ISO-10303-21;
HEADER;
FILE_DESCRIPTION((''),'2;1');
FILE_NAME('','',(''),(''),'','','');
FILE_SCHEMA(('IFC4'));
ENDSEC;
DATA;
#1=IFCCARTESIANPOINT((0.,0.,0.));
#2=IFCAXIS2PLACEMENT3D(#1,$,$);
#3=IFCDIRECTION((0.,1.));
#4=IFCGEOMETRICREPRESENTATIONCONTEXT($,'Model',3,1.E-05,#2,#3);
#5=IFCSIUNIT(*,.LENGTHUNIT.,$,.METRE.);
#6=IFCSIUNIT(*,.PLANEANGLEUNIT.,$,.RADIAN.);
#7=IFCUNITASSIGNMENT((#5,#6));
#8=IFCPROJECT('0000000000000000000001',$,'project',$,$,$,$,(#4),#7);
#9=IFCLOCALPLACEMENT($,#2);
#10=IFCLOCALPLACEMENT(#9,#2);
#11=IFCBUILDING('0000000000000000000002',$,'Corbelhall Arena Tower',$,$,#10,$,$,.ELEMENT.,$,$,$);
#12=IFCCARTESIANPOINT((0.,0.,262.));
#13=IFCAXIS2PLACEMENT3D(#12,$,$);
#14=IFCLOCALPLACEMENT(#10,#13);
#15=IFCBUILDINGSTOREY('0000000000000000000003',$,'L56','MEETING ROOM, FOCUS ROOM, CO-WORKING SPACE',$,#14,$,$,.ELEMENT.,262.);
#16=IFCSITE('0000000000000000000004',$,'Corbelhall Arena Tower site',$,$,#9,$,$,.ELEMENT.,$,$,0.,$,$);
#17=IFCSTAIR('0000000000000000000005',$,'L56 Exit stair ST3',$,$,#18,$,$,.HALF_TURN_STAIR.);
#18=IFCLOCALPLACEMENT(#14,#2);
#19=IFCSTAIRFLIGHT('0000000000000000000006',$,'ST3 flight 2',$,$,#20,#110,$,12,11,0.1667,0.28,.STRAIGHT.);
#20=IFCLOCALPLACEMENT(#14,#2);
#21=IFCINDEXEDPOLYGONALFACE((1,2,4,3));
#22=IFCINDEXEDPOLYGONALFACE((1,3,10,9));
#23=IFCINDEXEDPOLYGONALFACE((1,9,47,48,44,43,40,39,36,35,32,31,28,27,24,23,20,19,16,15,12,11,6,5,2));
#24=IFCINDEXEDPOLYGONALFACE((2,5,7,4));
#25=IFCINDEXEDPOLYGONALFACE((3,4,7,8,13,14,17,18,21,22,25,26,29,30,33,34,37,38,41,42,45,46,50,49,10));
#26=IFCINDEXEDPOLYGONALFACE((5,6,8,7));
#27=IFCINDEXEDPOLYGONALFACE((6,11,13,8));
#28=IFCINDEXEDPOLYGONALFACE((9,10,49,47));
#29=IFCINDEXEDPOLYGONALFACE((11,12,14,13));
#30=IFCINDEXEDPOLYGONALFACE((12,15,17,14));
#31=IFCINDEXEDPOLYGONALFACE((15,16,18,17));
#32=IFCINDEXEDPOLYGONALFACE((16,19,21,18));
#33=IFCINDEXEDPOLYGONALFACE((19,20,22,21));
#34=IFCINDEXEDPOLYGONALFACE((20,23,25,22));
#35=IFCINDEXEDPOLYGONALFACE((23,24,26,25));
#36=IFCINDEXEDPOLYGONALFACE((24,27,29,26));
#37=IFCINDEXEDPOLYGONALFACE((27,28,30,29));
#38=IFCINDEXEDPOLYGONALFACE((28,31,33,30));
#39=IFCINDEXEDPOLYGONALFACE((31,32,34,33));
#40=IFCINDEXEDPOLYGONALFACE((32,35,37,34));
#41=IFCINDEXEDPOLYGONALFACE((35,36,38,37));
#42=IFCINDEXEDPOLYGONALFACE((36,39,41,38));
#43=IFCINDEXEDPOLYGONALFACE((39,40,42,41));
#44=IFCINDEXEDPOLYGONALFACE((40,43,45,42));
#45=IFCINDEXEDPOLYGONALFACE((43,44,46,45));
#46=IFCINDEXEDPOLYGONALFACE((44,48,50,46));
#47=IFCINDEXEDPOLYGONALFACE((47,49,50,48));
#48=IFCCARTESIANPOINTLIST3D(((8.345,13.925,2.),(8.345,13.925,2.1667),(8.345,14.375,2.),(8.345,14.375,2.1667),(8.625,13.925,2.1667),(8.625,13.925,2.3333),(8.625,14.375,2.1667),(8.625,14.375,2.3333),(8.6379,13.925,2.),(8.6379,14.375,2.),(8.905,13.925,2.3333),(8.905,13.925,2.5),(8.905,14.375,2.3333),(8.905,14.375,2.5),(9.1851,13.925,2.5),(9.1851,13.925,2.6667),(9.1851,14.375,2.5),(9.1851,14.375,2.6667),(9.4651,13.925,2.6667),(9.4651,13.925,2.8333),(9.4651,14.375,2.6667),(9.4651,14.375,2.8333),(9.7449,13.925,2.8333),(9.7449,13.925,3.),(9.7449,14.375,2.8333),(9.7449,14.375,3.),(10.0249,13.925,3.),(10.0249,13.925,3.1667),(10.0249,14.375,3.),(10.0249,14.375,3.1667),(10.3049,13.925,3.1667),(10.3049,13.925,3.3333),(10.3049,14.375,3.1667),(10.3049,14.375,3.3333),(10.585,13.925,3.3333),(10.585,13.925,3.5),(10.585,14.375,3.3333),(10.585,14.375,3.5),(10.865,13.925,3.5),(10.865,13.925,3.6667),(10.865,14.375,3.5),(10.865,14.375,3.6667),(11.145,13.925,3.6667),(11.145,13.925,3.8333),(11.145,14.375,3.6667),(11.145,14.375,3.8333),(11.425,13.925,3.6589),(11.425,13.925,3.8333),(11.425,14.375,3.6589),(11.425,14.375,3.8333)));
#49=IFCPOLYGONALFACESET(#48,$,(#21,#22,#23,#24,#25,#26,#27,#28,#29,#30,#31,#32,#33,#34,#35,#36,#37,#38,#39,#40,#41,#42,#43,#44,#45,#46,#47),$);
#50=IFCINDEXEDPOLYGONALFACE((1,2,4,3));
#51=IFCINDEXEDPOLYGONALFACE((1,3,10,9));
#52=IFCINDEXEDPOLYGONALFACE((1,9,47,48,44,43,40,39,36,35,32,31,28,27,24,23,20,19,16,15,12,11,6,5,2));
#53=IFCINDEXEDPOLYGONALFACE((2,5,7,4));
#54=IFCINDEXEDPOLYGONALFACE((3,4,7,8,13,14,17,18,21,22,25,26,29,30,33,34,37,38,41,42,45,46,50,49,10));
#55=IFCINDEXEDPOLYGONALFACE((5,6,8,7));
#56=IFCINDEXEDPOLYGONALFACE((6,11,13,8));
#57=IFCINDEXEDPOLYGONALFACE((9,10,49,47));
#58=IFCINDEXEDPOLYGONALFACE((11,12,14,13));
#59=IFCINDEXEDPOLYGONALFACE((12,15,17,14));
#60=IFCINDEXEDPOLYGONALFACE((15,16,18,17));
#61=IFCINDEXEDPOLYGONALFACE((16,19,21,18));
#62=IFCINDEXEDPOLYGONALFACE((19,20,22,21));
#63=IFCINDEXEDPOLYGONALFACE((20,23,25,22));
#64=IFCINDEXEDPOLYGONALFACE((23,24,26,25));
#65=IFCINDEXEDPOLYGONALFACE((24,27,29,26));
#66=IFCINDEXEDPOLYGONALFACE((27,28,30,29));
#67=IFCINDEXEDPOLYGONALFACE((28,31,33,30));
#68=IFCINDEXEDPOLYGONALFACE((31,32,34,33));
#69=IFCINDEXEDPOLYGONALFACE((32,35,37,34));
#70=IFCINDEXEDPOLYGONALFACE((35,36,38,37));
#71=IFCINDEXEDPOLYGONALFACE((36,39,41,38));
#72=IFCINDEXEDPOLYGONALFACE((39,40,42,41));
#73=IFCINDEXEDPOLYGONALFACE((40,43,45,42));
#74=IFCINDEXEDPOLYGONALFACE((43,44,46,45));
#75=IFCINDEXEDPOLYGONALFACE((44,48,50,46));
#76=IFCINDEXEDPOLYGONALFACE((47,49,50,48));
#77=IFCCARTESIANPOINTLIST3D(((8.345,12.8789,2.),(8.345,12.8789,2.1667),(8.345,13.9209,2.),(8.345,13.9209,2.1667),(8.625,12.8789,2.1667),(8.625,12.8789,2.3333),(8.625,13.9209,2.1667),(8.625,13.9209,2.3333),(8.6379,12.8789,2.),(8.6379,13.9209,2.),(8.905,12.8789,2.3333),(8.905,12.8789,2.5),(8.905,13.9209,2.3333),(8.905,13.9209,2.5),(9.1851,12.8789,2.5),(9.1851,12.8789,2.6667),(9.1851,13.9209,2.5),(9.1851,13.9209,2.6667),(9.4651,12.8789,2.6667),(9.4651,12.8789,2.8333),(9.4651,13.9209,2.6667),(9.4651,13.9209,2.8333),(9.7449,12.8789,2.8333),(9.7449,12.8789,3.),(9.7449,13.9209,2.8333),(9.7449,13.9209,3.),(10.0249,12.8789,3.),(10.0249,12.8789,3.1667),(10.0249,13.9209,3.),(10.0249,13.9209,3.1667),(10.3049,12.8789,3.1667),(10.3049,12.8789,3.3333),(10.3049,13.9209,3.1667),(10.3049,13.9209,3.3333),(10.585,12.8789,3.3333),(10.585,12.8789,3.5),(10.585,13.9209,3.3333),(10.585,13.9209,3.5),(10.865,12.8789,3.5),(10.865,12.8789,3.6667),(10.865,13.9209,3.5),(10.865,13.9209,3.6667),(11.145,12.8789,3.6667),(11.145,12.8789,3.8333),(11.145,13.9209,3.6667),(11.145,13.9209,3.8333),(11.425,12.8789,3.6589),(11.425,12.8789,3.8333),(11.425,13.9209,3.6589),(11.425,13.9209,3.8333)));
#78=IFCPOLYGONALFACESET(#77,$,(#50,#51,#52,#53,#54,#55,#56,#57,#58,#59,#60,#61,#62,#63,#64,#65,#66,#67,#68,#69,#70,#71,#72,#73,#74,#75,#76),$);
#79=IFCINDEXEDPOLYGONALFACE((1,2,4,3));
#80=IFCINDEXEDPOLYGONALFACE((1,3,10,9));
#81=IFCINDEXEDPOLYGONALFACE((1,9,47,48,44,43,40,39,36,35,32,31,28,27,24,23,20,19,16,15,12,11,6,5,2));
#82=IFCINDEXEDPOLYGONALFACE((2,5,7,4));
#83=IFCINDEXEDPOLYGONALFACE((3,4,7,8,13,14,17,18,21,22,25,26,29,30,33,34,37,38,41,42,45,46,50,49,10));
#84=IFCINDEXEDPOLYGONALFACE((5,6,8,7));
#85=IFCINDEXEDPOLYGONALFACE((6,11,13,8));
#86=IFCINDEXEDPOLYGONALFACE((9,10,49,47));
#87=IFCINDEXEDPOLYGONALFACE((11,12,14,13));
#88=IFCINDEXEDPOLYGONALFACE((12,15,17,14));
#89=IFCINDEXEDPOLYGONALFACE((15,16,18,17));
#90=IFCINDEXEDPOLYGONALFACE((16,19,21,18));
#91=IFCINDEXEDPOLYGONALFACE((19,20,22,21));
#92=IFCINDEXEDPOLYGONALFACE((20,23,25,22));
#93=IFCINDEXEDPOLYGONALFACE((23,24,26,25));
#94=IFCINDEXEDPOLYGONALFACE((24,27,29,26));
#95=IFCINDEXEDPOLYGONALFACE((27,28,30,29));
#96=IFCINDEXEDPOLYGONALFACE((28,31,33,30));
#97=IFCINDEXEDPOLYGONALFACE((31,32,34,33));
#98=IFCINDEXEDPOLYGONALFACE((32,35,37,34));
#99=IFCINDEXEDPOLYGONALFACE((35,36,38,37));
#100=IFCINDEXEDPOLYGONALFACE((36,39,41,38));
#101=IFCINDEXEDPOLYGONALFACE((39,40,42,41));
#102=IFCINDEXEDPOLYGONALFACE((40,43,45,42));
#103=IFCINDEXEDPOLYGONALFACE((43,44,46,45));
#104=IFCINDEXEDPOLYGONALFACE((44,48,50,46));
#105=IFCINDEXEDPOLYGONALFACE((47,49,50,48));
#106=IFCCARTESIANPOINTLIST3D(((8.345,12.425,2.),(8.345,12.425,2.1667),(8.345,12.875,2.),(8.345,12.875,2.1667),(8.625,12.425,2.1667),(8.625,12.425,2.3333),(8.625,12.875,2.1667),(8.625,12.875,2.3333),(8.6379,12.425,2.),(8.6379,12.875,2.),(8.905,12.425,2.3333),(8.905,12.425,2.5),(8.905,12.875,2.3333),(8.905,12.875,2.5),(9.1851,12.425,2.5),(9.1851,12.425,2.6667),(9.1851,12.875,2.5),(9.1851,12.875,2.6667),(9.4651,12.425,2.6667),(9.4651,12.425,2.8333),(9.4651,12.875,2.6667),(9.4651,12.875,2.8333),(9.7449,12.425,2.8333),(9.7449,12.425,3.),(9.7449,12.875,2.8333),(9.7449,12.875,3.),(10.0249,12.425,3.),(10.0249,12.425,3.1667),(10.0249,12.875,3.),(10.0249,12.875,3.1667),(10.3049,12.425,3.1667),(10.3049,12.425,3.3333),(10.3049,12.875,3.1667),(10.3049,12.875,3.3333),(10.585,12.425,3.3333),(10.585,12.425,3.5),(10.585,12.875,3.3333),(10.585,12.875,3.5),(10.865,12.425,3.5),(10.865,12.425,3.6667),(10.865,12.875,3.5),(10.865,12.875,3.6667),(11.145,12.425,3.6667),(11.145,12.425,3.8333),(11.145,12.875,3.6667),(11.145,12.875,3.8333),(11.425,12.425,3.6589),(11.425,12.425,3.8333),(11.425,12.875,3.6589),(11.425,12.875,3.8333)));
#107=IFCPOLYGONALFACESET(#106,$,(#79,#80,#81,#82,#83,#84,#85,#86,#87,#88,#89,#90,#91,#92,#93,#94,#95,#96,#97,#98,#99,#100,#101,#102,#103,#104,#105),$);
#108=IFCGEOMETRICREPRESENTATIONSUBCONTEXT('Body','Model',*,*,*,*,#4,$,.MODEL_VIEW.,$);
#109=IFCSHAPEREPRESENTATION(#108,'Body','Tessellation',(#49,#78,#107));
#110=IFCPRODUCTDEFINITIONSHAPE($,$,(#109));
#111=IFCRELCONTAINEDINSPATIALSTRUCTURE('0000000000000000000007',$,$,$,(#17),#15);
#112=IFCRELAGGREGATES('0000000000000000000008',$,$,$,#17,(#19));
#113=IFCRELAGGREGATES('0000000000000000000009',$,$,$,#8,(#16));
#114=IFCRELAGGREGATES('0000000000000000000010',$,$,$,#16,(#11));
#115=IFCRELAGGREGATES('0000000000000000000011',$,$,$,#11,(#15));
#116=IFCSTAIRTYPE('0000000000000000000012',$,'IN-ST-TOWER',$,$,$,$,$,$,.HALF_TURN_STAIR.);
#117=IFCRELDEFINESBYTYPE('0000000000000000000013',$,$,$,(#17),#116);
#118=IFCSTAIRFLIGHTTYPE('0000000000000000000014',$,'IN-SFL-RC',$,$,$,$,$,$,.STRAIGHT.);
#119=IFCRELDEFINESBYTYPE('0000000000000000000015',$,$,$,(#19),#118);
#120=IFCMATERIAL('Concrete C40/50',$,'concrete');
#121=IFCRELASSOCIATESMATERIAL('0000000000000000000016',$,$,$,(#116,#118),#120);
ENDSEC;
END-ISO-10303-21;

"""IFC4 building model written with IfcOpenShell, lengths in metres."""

from ifc_helpers import new_model, si_unit, direction, frame, origin, place, context, subcontext, project, spatial, polyline, outline, extrude, material, type_object, element, aggregate, save


model = new_model("IFC4")

# Units and contexts
model_context = context("Model", 3, precision=1e-05, world=origin(), true_north=direction((0.0, 1.0)))
body_context = subcontext(model_context, "Body", "Model", "MODEL_VIEW")
ifc_project = project(units=[si_unit("LENGTHUNIT", "METRE"), si_unit("PLANEANGLEUNIT", "RADIAN")], contexts=[model_context])

# Site, building, storey
site_placement = place(None, origin())
site = spatial("IfcSite", under=ifc_project, at=site_placement, Name="Corbelhall Arena Tower site", CompositionType="ELEMENT", RefElevation=0.0)
building_placement = place(site_placement, origin())
building = spatial("IfcBuilding", under=site, at=building_placement, Name="Corbelhall Arena Tower", CompositionType="ELEMENT")
storey_placement = place(building_placement, frame((0.0, 0.0, 262.0)))
storey = spatial("IfcBuildingStorey", under=building, at=storey_placement, Name="L56", Description="MEETING ROOM, FOCUS ROOM, CO-WORKING SPACE", CompositionType="ELEMENT", Elevation=262.0)

# Shared definitions
ifc_material_1 = material(Name="Concrete C40/50", Category="concrete")

# Stair, stair flight
stair_type = type_object("IfcStairType", Name="IN-ST-TOWER", PredefinedType="HALF_TURN_STAIR", material=ifc_material_1)
stair_placement = place(storey_placement, origin())
stair = element("IfcStair", 1, at=stair_placement, inside=storey, type_object=stair_type, Name="L56 Exit stair ST3", PredefinedType="HALF_TURN_STAIR")
stair_flight_type = type_object("IfcStairFlightType", Name="IN-SFL-RC", PredefinedType="STRAIGHT", material=ifc_material_1)
stair_flight_1_placement = place(storey_placement, frame((8.345, 13.3999, 2.0), z_axis=(0.0, 0.0, 1.0), x_axis=(1.0, 0.0, 0.0)))
stair_flight_1 = element("IfcStairFlight", 2, at=stair_flight_1_placement, type_object=stair_flight_type, Name="ST3 flight 2", NumberOfRisers=12, NumberOfTreads=11, PredefinedType="STRAIGHT", RiserHeight=0.1667, TreadLength=0.28, context=body_context, shape_type="SweptSolid", body=[
    extrude(outline(polyline([(0.0, 0.0), (0.0, 0.1667), (0.28, 0.1667), (0.28, 0.3333), (0.5601, 0.3333), (0.5601, 0.5), (0.8401, 0.5), (0.8401, 0.6667), (1.1201, 0.6667), (1.1201, 0.8333), (1.3999, 0.8333), (1.3999, 1.0), (1.6799, 1.0), (1.6799, 1.1667), (1.96, 1.1667), (1.96, 1.3333), (2.24, 1.3333), (2.24, 1.5), (2.52, 1.5), (2.52, 1.6667), (2.8, 1.6667), (2.8, 1.8333), (3.0801, 1.8333), (3.0801, 2.0), (3.0801, 1.6589), (0.293, 0.0), (0.0, 0.0)])), frame((0.0, 0.9751, 0.0), z_axis=(0.0, -1.0, 0.0), x_axis=(1.0, 0.0, 0.0)), (0.0, 0.0, 1.0), 0.45),
    extrude(outline(polyline([(0.0, 0.0), (0.0, 0.1667), (0.28, 0.1667), (0.28, 0.3333), (0.5601, 0.3333), (0.5601, 0.5), (0.8401, 0.5), (0.8401, 0.6667), (1.1201, 0.6667), (1.1201, 0.8333), (1.3999, 0.8333), (1.3999, 1.0), (1.6799, 1.0), (1.6799, 1.1667), (1.96, 1.1667), (1.96, 1.3333), (2.24, 1.3333), (2.24, 1.5), (2.52, 1.5), (2.52, 1.6667), (2.8, 1.6667), (2.8, 1.8333), (3.0801, 1.8333), (3.0801, 2.0), (3.0801, 1.6589), (0.293, 0.0), (0.0, 0.0)])), frame((0.0, 0.521, 0.0), z_axis=(0.0, -1.0, 0.0), x_axis=(1.0, 0.0, 0.0)), (0.0, 0.0, 1.0), 1.042),
    extrude(outline(polyline([(0.0, 0.0), (0.0, 0.1667), (0.28, 0.1667), (0.28, 0.3333), (0.5601, 0.3333), (0.5601, 0.5), (0.8401, 0.5), (0.8401, 0.6667), (1.1201, 0.6667), (1.1201, 0.8333), (1.3999, 0.8333), (1.3999, 1.0), (1.6799, 1.0), (1.6799, 1.1667), (1.96, 1.1667), (1.96, 1.3333), (2.24, 1.3333), (2.24, 1.5), (2.52, 1.5), (2.52, 1.6667), (2.8, 1.6667), (2.8, 1.8333), (3.0801, 1.8333), (3.0801, 2.0), (3.0801, 1.6589), (0.293, 0.0), (0.0, 0.0)])), frame((0.0, -0.5249, 0.0), z_axis=(0.0, -1.0, 0.0), x_axis=(1.0, 0.0, 0.0)), (0.0, 0.0, 1.0), 0.45),
])
aggregate(stair, [stair_flight_1])

save(model, "model.ifc")
